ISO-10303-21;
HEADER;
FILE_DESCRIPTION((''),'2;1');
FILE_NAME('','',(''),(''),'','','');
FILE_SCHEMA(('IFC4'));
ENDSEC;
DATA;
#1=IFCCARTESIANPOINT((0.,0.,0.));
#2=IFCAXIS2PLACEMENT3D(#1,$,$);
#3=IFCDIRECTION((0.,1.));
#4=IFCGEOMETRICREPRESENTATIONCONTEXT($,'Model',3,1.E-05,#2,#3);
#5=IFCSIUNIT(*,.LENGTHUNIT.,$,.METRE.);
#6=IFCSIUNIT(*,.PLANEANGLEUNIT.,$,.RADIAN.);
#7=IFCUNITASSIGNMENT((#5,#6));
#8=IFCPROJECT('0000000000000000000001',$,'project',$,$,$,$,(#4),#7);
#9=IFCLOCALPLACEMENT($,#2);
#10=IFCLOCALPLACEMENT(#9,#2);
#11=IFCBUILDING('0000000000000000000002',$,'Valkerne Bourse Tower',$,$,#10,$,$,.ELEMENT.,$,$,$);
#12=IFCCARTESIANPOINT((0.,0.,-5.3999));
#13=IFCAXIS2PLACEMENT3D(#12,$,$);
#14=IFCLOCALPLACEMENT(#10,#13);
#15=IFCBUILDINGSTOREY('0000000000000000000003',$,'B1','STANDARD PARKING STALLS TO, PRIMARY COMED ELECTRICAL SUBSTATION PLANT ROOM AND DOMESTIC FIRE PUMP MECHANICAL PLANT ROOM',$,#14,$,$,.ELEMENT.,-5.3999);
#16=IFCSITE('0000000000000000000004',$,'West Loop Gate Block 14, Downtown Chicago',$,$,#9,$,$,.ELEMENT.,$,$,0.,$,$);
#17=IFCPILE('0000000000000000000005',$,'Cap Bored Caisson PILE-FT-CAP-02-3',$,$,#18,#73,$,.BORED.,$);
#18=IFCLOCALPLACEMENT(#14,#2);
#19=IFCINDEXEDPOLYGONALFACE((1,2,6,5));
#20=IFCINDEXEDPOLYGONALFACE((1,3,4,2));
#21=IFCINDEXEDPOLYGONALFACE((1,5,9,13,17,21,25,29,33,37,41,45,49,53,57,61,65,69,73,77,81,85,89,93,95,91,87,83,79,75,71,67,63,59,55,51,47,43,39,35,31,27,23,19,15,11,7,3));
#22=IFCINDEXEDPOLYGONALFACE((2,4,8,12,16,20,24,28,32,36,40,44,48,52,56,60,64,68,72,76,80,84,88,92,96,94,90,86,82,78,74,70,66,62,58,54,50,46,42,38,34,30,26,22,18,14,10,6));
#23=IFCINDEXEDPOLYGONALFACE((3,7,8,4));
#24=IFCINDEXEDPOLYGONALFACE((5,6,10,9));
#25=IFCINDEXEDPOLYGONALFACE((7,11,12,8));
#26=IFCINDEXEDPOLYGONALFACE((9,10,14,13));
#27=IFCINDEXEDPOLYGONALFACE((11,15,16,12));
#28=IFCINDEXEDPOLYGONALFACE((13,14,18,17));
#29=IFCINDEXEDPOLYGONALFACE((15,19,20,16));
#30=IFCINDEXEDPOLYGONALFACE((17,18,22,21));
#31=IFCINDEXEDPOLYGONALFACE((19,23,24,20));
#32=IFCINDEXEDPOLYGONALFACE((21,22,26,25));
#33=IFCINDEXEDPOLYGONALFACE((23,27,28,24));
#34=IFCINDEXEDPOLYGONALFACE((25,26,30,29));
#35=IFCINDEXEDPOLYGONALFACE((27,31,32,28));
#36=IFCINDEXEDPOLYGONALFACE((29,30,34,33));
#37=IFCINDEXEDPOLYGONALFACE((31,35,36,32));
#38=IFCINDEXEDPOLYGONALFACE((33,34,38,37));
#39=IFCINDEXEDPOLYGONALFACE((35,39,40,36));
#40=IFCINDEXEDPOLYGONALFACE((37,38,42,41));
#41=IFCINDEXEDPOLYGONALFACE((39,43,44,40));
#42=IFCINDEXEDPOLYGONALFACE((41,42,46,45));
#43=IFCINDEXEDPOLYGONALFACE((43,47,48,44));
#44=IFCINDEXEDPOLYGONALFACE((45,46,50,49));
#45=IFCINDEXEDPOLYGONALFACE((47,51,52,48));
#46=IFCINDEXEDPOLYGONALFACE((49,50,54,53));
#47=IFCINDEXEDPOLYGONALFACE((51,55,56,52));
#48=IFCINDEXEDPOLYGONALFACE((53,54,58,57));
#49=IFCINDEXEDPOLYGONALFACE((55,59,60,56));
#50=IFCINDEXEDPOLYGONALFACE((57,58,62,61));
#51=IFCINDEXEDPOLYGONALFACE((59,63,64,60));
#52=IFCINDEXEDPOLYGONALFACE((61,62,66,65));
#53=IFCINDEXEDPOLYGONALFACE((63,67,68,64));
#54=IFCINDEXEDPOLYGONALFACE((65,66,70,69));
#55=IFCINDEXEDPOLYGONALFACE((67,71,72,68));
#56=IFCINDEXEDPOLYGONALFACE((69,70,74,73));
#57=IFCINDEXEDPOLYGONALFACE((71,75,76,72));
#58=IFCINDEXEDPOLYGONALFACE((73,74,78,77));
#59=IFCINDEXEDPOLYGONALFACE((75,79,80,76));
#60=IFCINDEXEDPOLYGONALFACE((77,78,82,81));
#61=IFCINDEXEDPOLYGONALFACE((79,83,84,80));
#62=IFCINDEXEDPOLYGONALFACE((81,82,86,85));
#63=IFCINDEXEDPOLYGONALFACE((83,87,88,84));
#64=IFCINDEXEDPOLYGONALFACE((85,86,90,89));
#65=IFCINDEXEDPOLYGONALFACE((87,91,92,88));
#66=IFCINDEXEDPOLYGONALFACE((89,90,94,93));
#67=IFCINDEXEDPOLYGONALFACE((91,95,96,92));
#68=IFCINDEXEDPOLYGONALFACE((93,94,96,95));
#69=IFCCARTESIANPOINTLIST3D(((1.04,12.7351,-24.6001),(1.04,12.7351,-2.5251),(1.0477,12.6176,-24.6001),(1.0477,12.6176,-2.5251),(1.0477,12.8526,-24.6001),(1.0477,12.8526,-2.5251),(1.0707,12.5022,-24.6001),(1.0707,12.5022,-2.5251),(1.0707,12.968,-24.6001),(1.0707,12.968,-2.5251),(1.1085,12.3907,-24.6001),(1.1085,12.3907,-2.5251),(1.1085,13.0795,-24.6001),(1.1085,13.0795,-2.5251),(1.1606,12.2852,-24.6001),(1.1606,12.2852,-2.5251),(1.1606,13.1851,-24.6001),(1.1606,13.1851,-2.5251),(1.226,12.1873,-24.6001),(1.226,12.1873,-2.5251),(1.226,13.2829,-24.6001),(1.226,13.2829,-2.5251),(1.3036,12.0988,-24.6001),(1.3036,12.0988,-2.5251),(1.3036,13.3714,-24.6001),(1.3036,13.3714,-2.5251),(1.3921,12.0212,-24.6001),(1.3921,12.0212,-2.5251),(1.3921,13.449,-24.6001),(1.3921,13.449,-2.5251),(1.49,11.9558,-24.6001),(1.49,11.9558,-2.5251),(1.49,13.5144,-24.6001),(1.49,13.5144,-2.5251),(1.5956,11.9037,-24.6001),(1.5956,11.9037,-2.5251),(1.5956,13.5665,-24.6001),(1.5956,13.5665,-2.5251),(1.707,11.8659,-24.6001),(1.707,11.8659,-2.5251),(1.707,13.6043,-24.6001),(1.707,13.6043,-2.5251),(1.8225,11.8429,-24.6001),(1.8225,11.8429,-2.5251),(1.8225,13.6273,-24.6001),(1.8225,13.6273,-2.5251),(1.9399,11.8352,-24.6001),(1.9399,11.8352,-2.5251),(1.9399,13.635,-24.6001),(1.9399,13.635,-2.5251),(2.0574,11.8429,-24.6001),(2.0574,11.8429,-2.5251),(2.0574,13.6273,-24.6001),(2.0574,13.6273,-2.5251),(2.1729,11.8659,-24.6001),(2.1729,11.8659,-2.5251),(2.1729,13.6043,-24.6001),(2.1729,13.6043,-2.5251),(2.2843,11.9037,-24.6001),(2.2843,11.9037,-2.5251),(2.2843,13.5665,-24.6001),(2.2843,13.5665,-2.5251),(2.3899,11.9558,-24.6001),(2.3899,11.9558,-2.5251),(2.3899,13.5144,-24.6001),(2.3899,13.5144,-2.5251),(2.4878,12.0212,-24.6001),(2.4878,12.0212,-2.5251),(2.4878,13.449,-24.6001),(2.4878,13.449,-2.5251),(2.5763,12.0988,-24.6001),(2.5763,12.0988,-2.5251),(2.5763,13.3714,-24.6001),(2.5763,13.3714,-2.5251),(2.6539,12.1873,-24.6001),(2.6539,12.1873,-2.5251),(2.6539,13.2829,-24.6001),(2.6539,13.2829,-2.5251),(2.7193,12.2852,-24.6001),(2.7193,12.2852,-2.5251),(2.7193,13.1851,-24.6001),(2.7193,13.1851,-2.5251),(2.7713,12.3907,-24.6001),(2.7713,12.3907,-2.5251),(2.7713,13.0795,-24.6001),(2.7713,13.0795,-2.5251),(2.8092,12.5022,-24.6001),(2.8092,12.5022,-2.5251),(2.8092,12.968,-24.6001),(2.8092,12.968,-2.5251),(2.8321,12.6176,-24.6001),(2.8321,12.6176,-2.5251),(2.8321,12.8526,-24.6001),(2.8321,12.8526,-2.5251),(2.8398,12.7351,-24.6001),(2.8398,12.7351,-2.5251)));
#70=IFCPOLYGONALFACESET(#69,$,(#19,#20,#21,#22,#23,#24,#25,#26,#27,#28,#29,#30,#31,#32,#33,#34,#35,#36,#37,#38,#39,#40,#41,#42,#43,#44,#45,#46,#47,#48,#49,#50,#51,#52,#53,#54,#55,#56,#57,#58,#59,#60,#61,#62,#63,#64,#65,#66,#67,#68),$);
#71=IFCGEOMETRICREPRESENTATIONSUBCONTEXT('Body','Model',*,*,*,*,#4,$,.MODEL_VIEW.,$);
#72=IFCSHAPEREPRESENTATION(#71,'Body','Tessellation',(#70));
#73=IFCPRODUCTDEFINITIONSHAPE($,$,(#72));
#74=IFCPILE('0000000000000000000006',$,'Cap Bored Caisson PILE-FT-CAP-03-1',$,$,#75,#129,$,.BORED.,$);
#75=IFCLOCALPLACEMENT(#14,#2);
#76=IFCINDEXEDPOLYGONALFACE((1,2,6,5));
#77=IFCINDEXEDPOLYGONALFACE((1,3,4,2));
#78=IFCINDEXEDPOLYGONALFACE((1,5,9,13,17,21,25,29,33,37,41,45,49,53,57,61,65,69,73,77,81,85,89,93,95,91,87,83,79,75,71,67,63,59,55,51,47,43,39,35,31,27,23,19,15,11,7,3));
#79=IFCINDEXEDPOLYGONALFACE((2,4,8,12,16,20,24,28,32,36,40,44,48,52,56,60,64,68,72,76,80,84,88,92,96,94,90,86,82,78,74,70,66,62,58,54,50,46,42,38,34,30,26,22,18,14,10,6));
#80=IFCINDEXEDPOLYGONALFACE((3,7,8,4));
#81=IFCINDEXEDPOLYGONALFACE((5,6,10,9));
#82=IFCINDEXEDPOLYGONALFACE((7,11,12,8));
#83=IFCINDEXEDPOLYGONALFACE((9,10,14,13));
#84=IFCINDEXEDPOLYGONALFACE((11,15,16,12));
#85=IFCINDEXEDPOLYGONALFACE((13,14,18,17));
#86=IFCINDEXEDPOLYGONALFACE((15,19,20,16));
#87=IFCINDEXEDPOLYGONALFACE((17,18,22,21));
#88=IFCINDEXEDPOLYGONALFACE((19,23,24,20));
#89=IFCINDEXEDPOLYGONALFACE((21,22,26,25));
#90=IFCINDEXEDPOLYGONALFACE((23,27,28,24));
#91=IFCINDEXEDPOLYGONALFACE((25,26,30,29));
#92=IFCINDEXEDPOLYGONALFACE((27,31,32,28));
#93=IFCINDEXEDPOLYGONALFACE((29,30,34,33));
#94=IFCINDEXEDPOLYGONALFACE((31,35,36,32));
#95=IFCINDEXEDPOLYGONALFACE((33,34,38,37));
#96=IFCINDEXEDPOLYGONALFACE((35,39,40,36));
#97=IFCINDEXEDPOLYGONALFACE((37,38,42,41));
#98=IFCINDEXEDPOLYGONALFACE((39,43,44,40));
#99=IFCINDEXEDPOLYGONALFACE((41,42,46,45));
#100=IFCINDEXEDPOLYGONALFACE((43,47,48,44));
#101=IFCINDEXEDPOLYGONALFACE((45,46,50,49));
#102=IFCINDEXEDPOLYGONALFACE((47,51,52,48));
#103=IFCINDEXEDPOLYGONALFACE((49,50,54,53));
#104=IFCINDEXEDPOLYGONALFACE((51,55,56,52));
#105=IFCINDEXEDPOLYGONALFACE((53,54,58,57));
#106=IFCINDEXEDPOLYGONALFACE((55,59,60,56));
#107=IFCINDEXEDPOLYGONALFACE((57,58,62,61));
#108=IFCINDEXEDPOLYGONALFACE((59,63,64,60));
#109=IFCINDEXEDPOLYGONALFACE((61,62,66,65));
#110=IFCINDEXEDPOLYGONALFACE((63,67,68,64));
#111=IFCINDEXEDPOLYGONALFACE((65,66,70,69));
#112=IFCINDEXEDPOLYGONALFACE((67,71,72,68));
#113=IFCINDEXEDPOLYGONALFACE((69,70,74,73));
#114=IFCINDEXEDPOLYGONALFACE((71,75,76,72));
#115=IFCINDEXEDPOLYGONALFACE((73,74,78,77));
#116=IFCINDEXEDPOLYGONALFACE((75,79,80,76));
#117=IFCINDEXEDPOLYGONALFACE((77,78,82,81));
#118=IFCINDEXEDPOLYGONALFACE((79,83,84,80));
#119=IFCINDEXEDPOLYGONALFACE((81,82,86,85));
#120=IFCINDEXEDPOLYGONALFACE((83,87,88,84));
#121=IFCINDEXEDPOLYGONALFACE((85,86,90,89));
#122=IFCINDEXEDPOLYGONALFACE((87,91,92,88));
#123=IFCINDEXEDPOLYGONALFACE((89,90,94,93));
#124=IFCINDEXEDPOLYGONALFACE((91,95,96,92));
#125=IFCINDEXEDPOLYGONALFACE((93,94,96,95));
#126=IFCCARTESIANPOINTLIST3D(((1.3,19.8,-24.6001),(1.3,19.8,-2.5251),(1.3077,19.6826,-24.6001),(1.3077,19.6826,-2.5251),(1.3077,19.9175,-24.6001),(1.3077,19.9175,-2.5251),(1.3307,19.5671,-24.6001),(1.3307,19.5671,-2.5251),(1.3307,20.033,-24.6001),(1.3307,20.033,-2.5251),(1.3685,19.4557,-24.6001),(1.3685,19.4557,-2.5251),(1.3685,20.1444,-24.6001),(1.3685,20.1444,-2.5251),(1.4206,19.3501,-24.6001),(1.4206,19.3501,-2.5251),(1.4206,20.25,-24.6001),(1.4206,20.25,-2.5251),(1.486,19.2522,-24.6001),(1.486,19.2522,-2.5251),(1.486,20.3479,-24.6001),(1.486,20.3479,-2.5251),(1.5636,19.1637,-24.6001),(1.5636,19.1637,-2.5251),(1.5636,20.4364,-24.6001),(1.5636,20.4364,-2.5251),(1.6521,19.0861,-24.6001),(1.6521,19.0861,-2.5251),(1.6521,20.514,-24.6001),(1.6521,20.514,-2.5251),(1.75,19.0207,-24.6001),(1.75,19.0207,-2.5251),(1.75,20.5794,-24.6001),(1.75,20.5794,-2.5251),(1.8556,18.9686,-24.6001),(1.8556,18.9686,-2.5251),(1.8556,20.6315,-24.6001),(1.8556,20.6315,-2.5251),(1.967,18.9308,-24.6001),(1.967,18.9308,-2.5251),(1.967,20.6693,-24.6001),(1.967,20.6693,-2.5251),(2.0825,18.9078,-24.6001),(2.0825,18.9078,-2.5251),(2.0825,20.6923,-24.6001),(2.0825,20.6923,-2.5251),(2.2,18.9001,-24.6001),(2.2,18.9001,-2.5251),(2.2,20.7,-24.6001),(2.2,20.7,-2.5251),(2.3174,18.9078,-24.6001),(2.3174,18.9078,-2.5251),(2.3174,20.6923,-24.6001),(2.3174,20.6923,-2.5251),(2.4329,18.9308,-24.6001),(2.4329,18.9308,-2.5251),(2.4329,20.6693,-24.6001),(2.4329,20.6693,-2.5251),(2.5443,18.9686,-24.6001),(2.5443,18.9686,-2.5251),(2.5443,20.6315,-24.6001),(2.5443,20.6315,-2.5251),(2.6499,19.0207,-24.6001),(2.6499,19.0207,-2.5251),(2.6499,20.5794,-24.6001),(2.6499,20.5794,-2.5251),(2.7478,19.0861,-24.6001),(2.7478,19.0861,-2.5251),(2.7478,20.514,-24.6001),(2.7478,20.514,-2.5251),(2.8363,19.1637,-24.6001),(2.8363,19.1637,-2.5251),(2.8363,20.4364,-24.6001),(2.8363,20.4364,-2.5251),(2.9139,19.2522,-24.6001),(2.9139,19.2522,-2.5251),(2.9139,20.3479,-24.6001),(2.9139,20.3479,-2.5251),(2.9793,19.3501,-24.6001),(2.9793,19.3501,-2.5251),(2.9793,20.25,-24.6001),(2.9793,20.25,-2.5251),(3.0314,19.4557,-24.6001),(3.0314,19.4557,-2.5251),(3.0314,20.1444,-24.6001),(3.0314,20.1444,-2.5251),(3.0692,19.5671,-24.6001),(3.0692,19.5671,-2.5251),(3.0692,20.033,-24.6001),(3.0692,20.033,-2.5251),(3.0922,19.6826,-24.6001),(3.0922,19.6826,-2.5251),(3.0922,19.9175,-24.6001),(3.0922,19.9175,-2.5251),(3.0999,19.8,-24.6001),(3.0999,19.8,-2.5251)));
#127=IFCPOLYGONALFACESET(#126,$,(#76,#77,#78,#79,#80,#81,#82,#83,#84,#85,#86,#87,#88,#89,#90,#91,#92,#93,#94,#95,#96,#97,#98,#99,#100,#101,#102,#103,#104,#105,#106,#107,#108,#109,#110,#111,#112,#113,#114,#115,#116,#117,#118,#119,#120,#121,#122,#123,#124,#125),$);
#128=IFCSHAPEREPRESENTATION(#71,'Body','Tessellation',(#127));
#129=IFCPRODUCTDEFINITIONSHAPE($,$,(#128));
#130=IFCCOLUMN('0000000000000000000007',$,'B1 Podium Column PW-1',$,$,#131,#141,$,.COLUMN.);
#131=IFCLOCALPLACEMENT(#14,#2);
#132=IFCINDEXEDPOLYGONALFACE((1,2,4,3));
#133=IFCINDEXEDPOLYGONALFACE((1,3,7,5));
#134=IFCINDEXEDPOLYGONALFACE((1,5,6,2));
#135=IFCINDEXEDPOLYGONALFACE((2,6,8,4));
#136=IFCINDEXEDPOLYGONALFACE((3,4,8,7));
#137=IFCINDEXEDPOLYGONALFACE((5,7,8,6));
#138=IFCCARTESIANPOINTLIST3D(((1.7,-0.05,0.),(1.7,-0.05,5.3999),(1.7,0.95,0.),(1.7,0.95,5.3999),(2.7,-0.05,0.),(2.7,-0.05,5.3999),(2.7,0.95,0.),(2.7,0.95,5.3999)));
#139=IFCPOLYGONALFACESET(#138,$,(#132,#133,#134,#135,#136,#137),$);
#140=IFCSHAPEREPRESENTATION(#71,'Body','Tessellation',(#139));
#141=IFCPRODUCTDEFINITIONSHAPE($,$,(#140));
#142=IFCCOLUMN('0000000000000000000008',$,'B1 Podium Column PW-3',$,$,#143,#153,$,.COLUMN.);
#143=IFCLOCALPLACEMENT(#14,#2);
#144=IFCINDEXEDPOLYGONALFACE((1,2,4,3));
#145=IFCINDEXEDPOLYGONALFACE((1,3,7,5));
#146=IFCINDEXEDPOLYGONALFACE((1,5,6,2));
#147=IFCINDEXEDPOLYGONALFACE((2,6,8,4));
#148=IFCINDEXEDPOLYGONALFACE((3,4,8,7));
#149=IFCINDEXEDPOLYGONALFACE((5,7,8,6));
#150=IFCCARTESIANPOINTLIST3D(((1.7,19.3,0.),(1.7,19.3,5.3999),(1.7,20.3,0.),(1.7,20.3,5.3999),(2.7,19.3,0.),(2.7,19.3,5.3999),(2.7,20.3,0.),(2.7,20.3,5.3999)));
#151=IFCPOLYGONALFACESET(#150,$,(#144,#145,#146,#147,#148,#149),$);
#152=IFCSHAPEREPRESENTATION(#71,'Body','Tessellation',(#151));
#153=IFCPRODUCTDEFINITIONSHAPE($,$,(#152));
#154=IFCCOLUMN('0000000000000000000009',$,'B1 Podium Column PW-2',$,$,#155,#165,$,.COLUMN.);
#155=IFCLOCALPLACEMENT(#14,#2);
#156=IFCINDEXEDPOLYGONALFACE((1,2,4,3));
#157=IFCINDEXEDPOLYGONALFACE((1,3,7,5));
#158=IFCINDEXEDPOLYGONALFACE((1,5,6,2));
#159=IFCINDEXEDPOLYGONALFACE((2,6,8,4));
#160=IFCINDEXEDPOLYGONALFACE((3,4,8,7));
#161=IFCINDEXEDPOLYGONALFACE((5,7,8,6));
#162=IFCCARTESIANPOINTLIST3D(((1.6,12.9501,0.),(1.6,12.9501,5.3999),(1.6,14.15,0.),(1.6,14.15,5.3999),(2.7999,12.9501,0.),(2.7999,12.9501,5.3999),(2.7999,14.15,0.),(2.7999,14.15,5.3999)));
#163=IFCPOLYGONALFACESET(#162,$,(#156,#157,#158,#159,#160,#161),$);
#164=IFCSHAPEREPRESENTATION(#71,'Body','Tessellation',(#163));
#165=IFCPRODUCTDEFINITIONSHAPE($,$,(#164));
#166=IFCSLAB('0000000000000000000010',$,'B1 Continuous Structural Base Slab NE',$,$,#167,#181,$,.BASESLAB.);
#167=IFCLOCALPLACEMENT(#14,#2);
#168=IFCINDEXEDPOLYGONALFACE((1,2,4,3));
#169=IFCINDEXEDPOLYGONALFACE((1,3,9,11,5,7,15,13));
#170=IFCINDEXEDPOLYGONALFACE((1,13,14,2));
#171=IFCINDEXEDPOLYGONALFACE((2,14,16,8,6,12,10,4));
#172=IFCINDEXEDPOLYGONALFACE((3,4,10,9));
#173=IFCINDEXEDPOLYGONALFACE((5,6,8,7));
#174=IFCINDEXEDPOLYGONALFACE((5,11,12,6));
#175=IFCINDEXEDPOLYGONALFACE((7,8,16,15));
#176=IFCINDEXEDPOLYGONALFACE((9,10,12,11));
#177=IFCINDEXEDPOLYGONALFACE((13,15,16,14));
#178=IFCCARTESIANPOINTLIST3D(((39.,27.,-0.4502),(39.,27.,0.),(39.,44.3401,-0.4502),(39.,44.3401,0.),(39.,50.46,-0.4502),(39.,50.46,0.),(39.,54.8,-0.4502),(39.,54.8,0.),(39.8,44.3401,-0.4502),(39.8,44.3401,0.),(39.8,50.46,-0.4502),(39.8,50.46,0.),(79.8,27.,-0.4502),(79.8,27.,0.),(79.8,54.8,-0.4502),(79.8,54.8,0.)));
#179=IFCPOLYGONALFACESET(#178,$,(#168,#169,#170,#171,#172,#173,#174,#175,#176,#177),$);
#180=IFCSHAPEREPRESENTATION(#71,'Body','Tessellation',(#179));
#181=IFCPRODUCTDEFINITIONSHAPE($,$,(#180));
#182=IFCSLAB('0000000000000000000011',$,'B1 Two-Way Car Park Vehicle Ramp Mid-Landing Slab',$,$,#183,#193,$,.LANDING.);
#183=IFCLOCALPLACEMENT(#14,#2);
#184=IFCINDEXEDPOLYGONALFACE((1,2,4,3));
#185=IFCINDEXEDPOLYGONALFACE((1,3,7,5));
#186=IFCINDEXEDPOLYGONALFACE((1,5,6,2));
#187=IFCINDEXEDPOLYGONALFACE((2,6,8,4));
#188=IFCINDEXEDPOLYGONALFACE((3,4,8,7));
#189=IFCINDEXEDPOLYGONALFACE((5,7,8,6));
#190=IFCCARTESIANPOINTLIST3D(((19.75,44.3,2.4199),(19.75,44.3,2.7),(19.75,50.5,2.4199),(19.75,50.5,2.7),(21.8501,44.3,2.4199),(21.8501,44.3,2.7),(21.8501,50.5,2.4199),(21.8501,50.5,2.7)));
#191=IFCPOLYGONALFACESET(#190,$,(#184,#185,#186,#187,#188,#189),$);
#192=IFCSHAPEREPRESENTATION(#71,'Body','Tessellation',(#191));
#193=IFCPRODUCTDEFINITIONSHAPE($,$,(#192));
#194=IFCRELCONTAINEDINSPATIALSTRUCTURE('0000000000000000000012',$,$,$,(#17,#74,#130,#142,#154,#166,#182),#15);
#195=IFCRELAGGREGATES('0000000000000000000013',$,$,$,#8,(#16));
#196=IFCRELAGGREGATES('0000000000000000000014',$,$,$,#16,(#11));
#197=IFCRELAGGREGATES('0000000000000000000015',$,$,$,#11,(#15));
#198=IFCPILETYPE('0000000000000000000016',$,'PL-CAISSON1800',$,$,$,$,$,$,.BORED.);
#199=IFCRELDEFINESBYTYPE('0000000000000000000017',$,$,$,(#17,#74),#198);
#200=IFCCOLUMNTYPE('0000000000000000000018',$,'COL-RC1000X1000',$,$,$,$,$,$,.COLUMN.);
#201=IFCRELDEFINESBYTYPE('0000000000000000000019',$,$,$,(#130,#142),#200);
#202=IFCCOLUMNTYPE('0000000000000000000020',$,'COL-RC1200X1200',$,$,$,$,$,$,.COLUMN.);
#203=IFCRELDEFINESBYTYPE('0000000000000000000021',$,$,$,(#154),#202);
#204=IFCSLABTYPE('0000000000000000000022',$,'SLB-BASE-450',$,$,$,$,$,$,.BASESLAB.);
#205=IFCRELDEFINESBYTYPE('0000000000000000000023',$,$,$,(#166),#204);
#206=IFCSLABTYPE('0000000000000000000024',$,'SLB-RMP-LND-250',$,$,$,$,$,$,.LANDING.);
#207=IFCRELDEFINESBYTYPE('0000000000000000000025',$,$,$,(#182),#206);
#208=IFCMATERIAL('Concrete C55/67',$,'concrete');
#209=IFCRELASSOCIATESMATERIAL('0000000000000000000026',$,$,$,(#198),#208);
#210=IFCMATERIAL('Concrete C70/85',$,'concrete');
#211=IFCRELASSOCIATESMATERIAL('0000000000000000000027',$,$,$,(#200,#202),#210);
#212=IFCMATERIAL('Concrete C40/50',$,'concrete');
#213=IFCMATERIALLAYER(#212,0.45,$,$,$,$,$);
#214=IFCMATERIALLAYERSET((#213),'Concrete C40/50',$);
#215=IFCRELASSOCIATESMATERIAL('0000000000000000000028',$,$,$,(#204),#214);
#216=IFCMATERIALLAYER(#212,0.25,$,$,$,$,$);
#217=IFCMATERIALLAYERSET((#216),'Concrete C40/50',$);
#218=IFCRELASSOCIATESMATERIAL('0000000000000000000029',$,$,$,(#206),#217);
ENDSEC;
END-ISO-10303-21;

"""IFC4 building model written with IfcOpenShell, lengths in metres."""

from ifc_helpers import new_model, si_unit, direction, frame, origin, origin_2d, place, context, subcontext, project, spatial, polyline, rectangle, circle, outline, extrude, material, layer, layer_set, material_profile, profile_set, type_object, element, save


model = new_model("IFC4")

# Units and contexts
model_context = context("Model", 3, precision=1e-05, world=origin(), true_north=direction((0.0, 1.0)))
body_context = subcontext(model_context, "Body", "Model", "MODEL_VIEW")
ifc_project = project(units=[si_unit("LENGTHUNIT", "METRE"), si_unit("PLANEANGLEUNIT", "RADIAN")], contexts=[model_context])

# Site, building, storey
site_placement = place(None, origin())
site = spatial("IfcSite", under=ifc_project, at=site_placement, Name="West Loop Gate Block 14, Downtown Chicago", CompositionType="ELEMENT", RefElevation=0.0)
building_placement = place(site_placement, origin())
building = spatial("IfcBuilding", under=site, at=building_placement, Name="Valkerne Bourse Tower", CompositionType="ELEMENT")
storey_placement = place(building_placement, frame((0.0, 0.0, -5.3999)))
storey = spatial("IfcBuildingStorey", under=building, at=storey_placement, Name="B1", Description="STANDARD PARKING STALLS TO, PRIMARY COMED ELECTRICAL SUBSTATION PLANT ROOM AND DOMESTIC FIRE PUMP MECHANICAL PLANT ROOM", CompositionType="ELEMENT", Elevation=-5.3999)

# Shared definitions
ifc_material_1 = material(Name="Concrete C55/67", Category="concrete")

# Piles
ifc_material_profile_1 = material_profile(ifc_material_1, circle(Radius=0.8999, at=origin_2d()), Name="CAISSON1800")
ifc_profile_set_1 = profile_set([ifc_material_profile_1], Name="Concrete C55/67")
pile_type = type_object("IfcPileType", Name="PL-CAISSON1800", PredefinedType="BORED", material=ifc_profile_set_1)
for number, where, z_axis, x_axis, name in (
    (1, (1.9399, 12.7351, -2.5251), (0.0, 0.0, -1.0), (1.0, 0.0, 0.0), "Cap Bored Caisson PILE-FT-CAP-02-3"),
    (2, (2.2, 19.8, -2.5251), (0.0, 0.0, -1.0), (1.0, 0.0, 0.0), "Cap Bored Caisson PILE-FT-CAP-03-1"),
):
    element("IfcPile", number, at=place(storey_placement, frame(where, z_axis=z_axis, x_axis=x_axis)), inside=storey, type_object=pile_type, Name=name, PredefinedType="BORED", context=body_context, shape_type="SweptSolid", body=[
        extrude(circle(Radius=0.8999, at=origin_2d()), origin(), (0.0, 0.0, 1.0), 22.075),
    ])

# Columns
ifc_material_2 = material(Name="Concrete C70/85", Category="concrete")
ifc_material_profile_2 = material_profile(ifc_material_2, rectangle(XDim=1.0, YDim=1.0, at=origin_2d()), Name="RC1000X1000")
ifc_profile_set_2 = profile_set([ifc_material_profile_2], Name="Concrete C70/85")
column_type_1 = type_object("IfcColumnType", Name="COL-RC1000X1000", PredefinedType="COLUMN", material=ifc_profile_set_2)
for number, where, z_axis, x_axis, name in (
    (3, (2.2, 0.45, 0.0), (0.0, 0.0, 1.0), (1.0, 0.0, 0.0), "B1 Podium Column PW-1"),
    (4, (2.2, 19.8, 0.0), (0.0, 0.0, 1.0), (1.0, 0.0, 0.0), "B1 Podium Column PW-3"),
):
    element("IfcColumn", number, at=place(storey_placement, frame(where, z_axis=z_axis, x_axis=x_axis)), inside=storey, type_object=column_type_1, Name=name, PredefinedType="COLUMN", context=body_context, shape_type="SweptSolid", body=[
        extrude(rectangle(XDim=1.0, YDim=1.0, at=origin_2d()), origin(), (0.0, 0.0, 1.0), 5.3999),
    ])
ifc_material_profile_3 = material_profile(ifc_material_2, rectangle(XDim=1.2, YDim=1.2, at=origin_2d()), Name="RC1200X1200")
ifc_profile_set_3 = profile_set([ifc_material_profile_3], Name="Concrete C70/85")
column_type_2 = type_object("IfcColumnType", Name="COL-RC1200X1200", PredefinedType="COLUMN", material=ifc_profile_set_3)
column_placement = place(storey_placement, frame((2.2, 13.55, 0.0), z_axis=(0.0, 0.0, 1.0), x_axis=(1.0, 0.0, 0.0)))
element("IfcColumn", 5, at=column_placement, inside=storey, type_object=column_type_2, Name="B1 Podium Column PW-2", PredefinedType="COLUMN", context=body_context, shape_type="SweptSolid", body=[
    extrude(rectangle(XDim=1.2, YDim=1.2, at=origin_2d()), origin(), (0.0, 0.0, 1.0), 5.3999),
])

# Slabs
ifc_material_3 = material(Name="Concrete C40/50", Category="concrete")
ifc_layer_1 = layer(ifc_material_3, 0.45)
ifc_layer_set_1 = layer_set([ifc_layer_1], Name="Concrete C40/50")
slab_type_1 = type_object("IfcSlabType", Name="SLB-BASE-450", PredefinedType="BASESLAB", material=ifc_layer_set_1)
slab_1_placement = place(storey_placement, frame((0.0, 0.0, -0.4502)))
element("IfcSlab", 6, at=slab_1_placement, inside=storey, type_object=slab_type_1, Name="B1 Continuous Structural Base Slab NE", PredefinedType="BASESLAB", context=body_context, shape_type="SweptSolid", body=[
    extrude(outline(polyline([(39.0, 54.8), (79.8, 54.8), (79.8, 27.0), (39.0, 27.0), (39.0, 44.3401), (39.8, 44.3401), (39.8, 50.46), (39.0, 50.46), (39.0, 54.8)])), origin(), (0.0, 0.0, 1.0), 0.4502),
])
ifc_layer_2 = layer(ifc_material_3, 0.25)
ifc_layer_set_2 = layer_set([ifc_layer_2], Name="Concrete C40/50")
slab_type_2 = type_object("IfcSlabType", Name="SLB-RMP-LND-250", PredefinedType="LANDING", material=ifc_layer_set_2)
slab_2_placement = place(storey_placement, frame((0.0, 0.0, 2.4199)))
element("IfcSlab", 7, at=slab_2_placement, inside=storey, type_object=slab_type_2, Name="B1 Two-Way Car Park Vehicle Ramp Mid-Landing Slab", PredefinedType="LANDING", context=body_context, shape_type="SweptSolid", body=[
    extrude(outline(polyline([(19.75, 44.3), (21.8501, 44.3), (21.8501, 50.5), (19.75, 50.5), (19.75, 44.3)])), origin(), (0.0, 0.0, 1.0), 0.28),
])

save(model, "model.ifc")
